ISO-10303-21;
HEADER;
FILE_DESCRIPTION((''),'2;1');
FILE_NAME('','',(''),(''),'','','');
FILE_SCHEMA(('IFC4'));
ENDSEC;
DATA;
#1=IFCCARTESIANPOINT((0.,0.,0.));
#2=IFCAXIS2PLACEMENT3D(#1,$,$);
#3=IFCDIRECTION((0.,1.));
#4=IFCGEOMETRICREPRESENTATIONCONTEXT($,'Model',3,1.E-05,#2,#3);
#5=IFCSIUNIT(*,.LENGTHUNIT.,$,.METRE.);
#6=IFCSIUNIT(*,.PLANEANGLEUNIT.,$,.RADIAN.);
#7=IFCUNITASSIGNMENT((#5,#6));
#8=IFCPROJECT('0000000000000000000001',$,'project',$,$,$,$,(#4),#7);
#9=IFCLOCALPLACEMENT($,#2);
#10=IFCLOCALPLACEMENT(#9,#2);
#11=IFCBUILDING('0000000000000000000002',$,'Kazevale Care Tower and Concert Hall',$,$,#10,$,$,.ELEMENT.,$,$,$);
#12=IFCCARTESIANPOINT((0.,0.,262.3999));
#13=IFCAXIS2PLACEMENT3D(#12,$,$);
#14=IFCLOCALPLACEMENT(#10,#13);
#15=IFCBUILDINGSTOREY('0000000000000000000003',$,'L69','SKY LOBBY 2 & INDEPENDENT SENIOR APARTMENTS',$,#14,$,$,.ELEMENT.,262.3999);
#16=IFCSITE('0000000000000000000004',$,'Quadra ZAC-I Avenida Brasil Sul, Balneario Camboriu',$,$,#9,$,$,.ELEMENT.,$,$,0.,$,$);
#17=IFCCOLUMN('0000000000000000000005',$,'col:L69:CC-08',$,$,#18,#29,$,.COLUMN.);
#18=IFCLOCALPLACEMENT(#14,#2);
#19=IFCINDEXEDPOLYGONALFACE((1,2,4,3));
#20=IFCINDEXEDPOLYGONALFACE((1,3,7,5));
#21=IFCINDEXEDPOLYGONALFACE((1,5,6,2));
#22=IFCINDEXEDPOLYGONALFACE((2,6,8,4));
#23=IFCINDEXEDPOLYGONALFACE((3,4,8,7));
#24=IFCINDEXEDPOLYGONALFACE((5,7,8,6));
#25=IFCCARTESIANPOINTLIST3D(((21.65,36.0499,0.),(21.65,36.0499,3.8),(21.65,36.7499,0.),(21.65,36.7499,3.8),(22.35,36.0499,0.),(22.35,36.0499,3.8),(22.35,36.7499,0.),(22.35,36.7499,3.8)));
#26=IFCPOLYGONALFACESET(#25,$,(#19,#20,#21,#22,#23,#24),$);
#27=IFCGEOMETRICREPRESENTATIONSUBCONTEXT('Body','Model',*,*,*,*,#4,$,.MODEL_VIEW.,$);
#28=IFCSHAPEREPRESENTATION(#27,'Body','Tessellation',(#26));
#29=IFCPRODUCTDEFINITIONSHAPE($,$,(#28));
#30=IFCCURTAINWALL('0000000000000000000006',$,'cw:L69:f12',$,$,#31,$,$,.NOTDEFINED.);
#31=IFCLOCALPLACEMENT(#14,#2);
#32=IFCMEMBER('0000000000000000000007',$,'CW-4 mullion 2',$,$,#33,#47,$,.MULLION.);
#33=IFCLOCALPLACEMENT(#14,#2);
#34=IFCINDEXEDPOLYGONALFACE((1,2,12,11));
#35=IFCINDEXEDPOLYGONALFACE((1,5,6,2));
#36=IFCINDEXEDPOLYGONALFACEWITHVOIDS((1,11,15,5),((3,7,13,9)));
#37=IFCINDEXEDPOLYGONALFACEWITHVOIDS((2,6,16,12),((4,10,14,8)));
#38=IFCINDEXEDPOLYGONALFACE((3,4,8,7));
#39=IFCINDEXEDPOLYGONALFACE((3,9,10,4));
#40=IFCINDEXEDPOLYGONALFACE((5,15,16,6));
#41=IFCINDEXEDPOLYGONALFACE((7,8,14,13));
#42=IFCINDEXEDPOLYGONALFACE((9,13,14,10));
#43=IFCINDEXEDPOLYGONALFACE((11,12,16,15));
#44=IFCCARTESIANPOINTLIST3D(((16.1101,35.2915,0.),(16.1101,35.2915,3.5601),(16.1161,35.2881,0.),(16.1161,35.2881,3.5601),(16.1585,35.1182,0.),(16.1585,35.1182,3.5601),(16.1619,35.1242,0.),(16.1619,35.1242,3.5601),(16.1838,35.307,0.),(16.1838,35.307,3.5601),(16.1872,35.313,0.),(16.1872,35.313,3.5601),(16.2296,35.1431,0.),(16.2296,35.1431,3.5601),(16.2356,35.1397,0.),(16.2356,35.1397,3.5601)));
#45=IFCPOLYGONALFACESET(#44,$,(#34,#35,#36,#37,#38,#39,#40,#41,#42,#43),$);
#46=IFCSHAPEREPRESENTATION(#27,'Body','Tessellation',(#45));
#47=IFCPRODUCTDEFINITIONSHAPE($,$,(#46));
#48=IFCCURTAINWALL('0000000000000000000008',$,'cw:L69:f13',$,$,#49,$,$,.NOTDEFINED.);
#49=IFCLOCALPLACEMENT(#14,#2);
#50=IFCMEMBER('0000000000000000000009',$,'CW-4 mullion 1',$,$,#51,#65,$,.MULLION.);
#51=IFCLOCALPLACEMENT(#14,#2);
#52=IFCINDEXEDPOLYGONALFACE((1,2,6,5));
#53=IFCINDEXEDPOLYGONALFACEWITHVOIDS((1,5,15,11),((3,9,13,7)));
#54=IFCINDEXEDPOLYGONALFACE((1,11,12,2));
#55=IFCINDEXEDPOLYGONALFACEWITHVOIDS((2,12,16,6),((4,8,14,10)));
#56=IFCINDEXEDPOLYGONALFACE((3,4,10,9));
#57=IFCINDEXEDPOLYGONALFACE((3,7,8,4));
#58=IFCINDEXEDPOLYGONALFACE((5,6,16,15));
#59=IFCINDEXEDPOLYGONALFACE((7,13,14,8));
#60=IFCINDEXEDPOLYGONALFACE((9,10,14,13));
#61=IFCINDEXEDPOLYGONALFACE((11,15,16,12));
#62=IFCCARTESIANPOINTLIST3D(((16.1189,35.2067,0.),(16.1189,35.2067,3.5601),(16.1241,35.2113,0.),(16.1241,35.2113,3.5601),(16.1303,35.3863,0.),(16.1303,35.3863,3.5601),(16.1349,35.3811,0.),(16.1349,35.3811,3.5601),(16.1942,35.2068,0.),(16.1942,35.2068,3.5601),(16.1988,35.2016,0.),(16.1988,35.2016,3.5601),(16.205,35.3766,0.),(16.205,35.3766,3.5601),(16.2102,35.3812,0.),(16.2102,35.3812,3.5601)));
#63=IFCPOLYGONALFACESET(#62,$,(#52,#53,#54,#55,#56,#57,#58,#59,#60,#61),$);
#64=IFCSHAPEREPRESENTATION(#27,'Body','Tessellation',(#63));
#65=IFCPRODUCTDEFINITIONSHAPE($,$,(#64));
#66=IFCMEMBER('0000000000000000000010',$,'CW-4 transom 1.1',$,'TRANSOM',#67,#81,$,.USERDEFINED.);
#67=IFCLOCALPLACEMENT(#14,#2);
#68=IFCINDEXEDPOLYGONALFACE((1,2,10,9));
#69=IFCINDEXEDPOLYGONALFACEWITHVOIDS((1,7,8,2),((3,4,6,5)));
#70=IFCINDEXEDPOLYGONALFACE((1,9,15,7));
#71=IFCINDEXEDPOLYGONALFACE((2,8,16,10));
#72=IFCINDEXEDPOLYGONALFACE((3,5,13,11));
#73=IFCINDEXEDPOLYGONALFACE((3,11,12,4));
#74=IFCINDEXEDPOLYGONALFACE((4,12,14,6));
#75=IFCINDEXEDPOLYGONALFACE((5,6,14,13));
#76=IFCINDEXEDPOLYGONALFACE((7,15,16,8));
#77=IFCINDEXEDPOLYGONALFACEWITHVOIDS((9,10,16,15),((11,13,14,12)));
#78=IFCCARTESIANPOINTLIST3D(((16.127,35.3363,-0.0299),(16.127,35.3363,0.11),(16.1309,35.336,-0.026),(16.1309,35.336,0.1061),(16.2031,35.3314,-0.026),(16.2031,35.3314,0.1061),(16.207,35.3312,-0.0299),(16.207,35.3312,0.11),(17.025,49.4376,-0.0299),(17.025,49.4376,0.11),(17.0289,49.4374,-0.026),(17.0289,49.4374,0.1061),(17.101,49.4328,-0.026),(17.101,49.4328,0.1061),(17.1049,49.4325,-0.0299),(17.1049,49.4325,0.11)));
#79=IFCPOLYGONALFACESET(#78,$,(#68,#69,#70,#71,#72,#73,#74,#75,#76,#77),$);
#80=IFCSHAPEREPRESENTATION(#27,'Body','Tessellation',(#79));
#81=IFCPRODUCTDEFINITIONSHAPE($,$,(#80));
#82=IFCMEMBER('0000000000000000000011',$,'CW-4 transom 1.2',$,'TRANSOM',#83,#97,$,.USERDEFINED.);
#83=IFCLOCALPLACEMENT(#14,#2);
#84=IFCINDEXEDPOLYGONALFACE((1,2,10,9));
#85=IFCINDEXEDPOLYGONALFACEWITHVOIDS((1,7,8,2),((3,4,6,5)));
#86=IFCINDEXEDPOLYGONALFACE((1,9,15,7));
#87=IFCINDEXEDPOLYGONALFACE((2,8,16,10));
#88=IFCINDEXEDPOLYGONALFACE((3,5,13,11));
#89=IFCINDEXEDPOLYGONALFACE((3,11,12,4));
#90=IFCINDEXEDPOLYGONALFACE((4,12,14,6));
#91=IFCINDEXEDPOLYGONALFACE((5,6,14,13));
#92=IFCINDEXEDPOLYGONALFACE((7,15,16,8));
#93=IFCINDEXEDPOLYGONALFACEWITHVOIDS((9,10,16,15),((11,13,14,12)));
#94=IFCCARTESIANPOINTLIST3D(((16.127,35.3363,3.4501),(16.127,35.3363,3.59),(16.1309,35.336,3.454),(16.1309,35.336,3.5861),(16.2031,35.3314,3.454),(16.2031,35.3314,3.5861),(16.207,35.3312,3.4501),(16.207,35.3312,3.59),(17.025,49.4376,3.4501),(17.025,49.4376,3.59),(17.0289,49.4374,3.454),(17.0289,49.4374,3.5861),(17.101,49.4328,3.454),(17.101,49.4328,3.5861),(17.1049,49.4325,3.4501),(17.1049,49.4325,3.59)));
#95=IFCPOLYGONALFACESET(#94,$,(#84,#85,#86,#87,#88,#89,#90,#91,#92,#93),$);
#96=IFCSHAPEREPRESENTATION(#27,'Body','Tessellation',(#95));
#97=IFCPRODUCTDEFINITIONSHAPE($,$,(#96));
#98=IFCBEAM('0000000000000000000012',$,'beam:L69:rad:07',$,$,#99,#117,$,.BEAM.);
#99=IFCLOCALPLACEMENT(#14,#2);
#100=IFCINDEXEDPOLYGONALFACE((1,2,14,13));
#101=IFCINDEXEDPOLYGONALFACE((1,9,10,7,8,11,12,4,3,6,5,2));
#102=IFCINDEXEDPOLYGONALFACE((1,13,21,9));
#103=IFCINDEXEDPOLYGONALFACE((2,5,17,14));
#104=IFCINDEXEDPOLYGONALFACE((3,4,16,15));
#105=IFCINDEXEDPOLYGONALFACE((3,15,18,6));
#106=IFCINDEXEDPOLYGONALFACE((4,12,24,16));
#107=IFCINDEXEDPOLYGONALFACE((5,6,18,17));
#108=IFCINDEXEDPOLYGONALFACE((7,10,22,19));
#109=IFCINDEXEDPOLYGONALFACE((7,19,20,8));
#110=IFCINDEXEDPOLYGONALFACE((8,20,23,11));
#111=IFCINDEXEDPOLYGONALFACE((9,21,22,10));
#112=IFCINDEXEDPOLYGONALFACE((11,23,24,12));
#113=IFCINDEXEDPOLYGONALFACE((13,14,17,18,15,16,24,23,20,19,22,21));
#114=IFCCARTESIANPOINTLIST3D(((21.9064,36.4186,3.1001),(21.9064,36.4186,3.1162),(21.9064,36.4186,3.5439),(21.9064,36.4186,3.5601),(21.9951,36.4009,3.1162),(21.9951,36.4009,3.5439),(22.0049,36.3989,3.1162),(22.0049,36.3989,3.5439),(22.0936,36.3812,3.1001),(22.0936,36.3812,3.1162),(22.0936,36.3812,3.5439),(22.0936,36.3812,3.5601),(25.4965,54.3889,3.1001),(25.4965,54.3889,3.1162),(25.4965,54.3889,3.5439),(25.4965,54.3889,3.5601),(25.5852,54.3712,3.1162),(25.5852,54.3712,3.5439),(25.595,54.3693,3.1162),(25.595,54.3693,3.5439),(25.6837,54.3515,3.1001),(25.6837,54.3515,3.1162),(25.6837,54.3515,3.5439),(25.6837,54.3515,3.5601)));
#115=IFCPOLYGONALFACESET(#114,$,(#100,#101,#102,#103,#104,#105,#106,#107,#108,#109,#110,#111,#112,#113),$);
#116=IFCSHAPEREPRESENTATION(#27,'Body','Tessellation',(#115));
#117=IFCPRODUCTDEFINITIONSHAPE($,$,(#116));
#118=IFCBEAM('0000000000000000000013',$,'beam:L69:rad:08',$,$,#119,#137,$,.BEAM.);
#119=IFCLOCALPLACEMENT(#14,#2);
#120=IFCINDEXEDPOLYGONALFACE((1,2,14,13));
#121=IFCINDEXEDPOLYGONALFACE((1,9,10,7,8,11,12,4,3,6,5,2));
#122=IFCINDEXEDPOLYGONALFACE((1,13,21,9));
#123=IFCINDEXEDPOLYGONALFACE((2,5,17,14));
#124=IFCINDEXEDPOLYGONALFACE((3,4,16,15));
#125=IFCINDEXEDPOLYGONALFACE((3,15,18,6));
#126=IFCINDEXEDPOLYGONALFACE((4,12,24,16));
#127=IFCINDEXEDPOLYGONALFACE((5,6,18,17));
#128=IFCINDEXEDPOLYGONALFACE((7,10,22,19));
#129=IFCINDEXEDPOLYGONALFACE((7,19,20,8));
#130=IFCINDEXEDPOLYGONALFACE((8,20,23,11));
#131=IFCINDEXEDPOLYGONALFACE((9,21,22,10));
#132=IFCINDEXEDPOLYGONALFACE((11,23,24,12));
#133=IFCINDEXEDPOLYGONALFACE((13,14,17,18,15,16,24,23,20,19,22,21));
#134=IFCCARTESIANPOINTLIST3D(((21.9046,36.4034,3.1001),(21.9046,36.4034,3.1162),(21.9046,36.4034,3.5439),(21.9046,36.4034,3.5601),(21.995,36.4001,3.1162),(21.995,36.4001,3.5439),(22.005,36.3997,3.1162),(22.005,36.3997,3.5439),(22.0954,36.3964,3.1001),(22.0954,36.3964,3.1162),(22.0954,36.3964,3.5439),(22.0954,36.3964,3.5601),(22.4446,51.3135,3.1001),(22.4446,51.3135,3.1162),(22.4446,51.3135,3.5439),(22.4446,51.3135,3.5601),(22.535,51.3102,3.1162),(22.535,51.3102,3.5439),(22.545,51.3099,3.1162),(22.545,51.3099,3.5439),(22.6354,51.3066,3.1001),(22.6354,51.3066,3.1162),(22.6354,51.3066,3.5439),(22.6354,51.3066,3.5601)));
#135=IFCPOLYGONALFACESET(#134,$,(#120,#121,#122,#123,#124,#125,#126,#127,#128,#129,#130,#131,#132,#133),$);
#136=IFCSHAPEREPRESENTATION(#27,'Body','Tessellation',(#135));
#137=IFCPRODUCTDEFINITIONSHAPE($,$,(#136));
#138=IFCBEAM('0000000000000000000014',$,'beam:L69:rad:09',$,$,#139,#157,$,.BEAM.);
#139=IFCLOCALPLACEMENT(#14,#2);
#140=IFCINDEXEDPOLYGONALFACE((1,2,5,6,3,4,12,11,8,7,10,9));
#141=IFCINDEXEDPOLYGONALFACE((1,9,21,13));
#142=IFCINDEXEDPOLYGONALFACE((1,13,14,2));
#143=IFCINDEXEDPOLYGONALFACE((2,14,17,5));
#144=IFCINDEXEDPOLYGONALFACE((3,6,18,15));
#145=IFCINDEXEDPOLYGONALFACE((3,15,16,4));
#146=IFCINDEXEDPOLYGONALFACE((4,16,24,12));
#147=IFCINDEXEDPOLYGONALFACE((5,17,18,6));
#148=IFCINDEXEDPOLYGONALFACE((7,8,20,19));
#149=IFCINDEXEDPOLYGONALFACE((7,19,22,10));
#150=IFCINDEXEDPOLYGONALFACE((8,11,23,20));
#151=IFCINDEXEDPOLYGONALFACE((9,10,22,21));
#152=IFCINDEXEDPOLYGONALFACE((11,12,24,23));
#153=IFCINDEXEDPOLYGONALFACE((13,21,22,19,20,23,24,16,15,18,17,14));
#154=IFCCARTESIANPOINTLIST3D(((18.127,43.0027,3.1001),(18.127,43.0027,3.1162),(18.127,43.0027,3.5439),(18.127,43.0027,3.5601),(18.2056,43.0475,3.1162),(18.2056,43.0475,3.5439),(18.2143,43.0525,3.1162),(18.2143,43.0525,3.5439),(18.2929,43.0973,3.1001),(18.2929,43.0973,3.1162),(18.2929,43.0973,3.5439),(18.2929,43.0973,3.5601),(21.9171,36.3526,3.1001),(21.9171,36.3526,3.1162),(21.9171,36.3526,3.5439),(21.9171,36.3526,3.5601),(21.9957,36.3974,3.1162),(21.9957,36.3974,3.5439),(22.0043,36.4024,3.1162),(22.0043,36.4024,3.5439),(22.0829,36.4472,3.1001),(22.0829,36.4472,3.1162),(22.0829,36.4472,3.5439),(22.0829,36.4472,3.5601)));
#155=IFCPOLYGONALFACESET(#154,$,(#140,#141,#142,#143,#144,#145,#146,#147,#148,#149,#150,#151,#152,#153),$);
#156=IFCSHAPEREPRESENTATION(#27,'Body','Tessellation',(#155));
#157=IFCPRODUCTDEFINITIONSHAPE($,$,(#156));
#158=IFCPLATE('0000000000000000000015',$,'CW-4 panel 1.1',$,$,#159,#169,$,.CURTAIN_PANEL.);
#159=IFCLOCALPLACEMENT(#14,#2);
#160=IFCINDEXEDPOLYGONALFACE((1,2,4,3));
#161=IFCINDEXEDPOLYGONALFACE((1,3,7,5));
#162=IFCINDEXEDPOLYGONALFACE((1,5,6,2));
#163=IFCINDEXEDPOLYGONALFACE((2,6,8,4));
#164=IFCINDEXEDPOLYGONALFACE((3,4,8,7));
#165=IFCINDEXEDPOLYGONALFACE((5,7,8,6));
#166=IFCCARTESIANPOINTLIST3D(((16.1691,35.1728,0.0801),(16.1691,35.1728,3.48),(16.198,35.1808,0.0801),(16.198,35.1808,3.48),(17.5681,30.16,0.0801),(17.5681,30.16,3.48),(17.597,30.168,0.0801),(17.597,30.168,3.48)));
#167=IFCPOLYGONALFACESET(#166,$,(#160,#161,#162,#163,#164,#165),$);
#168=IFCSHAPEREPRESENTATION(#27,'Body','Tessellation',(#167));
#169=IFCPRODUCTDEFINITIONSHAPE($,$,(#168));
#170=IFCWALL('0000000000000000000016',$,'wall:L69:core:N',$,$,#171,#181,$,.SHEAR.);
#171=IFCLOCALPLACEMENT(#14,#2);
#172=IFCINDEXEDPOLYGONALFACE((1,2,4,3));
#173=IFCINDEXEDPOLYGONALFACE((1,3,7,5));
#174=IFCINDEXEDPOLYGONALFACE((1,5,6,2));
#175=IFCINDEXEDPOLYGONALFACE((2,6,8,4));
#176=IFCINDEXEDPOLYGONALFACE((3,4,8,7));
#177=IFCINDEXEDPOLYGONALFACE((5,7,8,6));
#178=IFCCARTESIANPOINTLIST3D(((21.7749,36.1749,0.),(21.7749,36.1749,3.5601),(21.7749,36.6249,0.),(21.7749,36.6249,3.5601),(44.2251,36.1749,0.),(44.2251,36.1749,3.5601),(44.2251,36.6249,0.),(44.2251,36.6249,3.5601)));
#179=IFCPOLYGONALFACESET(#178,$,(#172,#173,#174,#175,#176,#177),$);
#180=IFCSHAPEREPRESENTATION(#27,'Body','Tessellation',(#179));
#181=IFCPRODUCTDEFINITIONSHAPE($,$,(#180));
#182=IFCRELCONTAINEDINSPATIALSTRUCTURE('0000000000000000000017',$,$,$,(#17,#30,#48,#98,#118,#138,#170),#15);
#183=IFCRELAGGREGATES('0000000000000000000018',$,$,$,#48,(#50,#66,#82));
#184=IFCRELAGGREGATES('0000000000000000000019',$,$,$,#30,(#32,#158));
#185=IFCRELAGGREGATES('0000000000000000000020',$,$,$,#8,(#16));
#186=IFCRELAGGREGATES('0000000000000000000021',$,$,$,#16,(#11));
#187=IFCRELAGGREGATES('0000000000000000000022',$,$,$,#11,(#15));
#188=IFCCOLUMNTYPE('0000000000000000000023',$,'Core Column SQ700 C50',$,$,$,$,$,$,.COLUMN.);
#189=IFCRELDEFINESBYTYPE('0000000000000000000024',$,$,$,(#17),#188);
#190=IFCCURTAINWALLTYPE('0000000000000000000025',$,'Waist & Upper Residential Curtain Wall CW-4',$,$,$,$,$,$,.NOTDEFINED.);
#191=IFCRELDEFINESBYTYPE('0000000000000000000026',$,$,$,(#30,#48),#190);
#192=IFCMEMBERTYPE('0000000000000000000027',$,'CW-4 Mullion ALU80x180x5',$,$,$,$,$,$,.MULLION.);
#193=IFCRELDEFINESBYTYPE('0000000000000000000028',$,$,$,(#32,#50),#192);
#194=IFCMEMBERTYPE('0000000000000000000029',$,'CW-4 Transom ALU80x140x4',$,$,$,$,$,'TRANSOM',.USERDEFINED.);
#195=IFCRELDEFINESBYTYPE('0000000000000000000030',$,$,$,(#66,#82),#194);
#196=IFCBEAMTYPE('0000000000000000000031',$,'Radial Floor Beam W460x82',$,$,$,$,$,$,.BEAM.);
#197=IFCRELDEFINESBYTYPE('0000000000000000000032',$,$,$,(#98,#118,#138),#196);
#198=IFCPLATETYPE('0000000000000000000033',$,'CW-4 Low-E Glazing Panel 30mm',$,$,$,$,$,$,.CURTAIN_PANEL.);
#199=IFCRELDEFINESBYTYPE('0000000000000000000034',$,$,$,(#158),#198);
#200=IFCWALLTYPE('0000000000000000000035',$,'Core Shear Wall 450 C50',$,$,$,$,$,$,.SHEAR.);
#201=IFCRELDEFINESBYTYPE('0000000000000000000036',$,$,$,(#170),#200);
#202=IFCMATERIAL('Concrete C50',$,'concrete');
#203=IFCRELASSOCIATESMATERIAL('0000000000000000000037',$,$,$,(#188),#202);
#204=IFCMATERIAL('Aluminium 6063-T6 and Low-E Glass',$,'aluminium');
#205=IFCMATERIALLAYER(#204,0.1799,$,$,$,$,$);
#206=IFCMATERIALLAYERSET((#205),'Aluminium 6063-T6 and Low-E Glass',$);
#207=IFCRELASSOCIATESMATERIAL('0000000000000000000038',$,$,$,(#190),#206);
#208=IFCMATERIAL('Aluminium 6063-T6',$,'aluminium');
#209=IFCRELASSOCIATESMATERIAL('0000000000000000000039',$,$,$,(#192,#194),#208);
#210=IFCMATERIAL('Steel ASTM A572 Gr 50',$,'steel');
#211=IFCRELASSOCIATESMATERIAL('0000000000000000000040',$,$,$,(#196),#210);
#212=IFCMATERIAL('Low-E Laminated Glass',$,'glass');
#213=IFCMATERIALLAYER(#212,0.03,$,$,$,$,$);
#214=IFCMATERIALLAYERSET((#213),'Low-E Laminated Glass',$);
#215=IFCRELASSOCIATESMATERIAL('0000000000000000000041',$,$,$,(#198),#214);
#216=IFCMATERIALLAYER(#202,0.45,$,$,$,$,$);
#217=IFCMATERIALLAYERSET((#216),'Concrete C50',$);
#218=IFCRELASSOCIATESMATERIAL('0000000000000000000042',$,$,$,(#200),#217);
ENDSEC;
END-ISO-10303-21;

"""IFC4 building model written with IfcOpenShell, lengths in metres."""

from ifc_helpers import new_model, si_unit, direction, frame, frame_2d, origin, origin_2d, place, context, subcontext, project, spatial, rectangle, hollow_rectangle, i_section, extrude, material, layer, layer_set, material_profile, profile_set, type_object, element, aggregate, save


model = new_model("IFC4")

# Units and contexts
model_context = context("Model", 3, precision=1e-05, world=origin(), true_north=direction((0.0, 1.0)))
body_context = subcontext(model_context, "Body", "Model", "MODEL_VIEW")
ifc_project = project(units=[si_unit("LENGTHUNIT", "METRE"), si_unit("PLANEANGLEUNIT", "RADIAN")], contexts=[model_context])

# Site, building, storey
site_placement = place(None, origin())
site = spatial("IfcSite", under=ifc_project, at=site_placement, Name="Quadra ZAC-I Avenida Brasil Sul, Balneario Camboriu", CompositionType="ELEMENT", RefElevation=0.0)
building_placement = place(site_placement, origin())
building = spatial("IfcBuilding", under=site, at=building_placement, Name="Kazevale Care Tower and Concert Hall", CompositionType="ELEMENT")
storey_placement = place(building_placement, frame((0.0, 0.0, 262.3999)))
storey = spatial("IfcBuildingStorey", under=building, at=storey_placement, Name="L69", Description="SKY LOBBY 2 & INDEPENDENT SENIOR APARTMENTS", CompositionType="ELEMENT", Elevation=262.3999)

# Column
ifc_material_1 = material(Name="Concrete C50", Category="concrete")
ifc_material_profile_1 = material_profile(ifc_material_1, rectangle(XDim=0.7, YDim=0.7, at=origin_2d()), Name="RC-SQ700")
ifc_profile_set_1 = profile_set([ifc_material_profile_1], Name="Concrete C50")
column_type = type_object("IfcColumnType", Name="Core Column SQ700 C50", PredefinedType="COLUMN", material=ifc_profile_set_1)
column_placement = place(storey_placement, frame((22.0, 36.3999, 0.0), z_axis=(0.0, 0.0, 1.0), x_axis=(1.0, 0.0, 0.0)))
element("IfcColumn", 1, at=column_placement, inside=storey, type_object=column_type, Name="col:L69:CC-08", PredefinedType="COLUMN", context=body_context, shape_type="SweptSolid", body=[
    extrude(rectangle(XDim=0.7, YDim=0.7, at=origin_2d()), origin(), (0.0, 0.0, 1.0), 3.8),
])

# Curtain wall, member
ifc_material_2 = material(Name="Aluminium 6063-T6 and Low-E Glass", Category="aluminium")
ifc_layer_1 = layer(ifc_material_2, 0.1799)
ifc_layer_set_1 = layer_set([ifc_layer_1], Name="Aluminium 6063-T6 and Low-E Glass")
curtain_wall_type = type_object("IfcCurtainWallType", Name="Waist & Upper Residential Curtain Wall CW-4", PredefinedType="NOTDEFINED", material=ifc_layer_set_1)
curtain_wall_1_placement = place(storey_placement, origin())
curtain_wall_1 = element("IfcCurtainWall", 2, at=curtain_wall_1_placement, inside=storey, type_object=curtain_wall_type, Name="cw:L69:f12", PredefinedType="NOTDEFINED")
ifc_material_3 = material(Name="Aluminium 6063-T6", Category="aluminium")
ifc_material_profile_2 = material_profile(ifc_material_3, hollow_rectangle(XDim=0.0801, YDim=0.1799, WallThickness=0.0049, at=origin_2d()), Name="ALU80x180x5")
ifc_profile_set_2 = profile_set([ifc_material_profile_2], Name="Aluminium 6063-T6")
member_type_1 = type_object("IfcMemberType", Name="CW-4 Mullion ALU80x180x5", PredefinedType="MULLION", material=ifc_profile_set_2)
member_1_placement = place(storey_placement, frame((16.1729, 35.2156, 0.0), z_axis=(0.0, 0.0, 1.0), x_axis=(-0.963194, -0.268807, 0.0)))
member_1 = element("IfcMember", 3, at=member_1_placement, type_object=member_type_1, Name="CW-4 mullion 2", PredefinedType="MULLION", context=body_context, shape_type="SweptSolid", body=[
    extrude(hollow_rectangle(XDim=0.0801, YDim=0.1799, WallThickness=0.0049, at=origin_2d()), origin(), (0.0, 0.0, 1.0), 3.5601),
])

# Curtain wall, members
curtain_wall_2_placement = place(storey_placement, origin())
curtain_wall_2 = element("IfcCurtainWall", 4, at=curtain_wall_2_placement, inside=storey, type_object=curtain_wall_type, Name="cw:L69:f13", PredefinedType="NOTDEFINED")
member_2_placement = place(storey_placement, frame((16.1646, 35.2939, 0.0), z_axis=(0.0, 0.0, 1.0), x_axis=(-0.997979, 0.063541, 0.0)))
member_2 = element("IfcMember", 5, at=member_2_placement, type_object=member_type_1, Name="CW-4 mullion 1", PredefinedType="MULLION", context=body_context, shape_type="SweptSolid", body=[
    extrude(hollow_rectangle(XDim=0.0801, YDim=0.1799, WallThickness=0.0049, at=origin_2d()), origin(), (0.0, 0.0, 1.0), 3.5601),
])
ifc_material_profile_3 = material_profile(ifc_material_3, hollow_rectangle(XDim=0.0801, YDim=0.1399, WallThickness=0.0039, at=origin_2d()), Name="ALU80x140x4")
ifc_profile_set_3 = profile_set([ifc_material_profile_3], Name="Aluminium 6063-T6")
member_type_2 = type_object("IfcMemberType", Name="CW-4 Transom ALU80x140x4", ElementType="TRANSOM", PredefinedType="USERDEFINED", material=ifc_profile_set_3)
member_3_placement = place(storey_placement, frame((16.167, 35.3337, 0.04), z_axis=(0.06355, 0.997979, 0.0), x_axis=(-0.997979, 0.06355, 0.0)))
member_3 = element("IfcMember", 6, at=member_3_placement, type_object=member_type_2, Name="CW-4 transom 1.1", ObjectType="TRANSOM", PredefinedType="USERDEFINED", context=body_context, shape_type="SweptSolid", body=[
    extrude(hollow_rectangle(XDim=0.0801, YDim=0.1399, WallThickness=0.0039, at=origin_2d()), origin(), (0.0, 0.0, 1.0), 14.1299),
])
member_4_placement = place(storey_placement, frame((16.167, 35.3337, 3.52), z_axis=(0.06355, 0.997979, 0.0), x_axis=(-0.997979, 0.06355, 0.0)))
member_4 = element("IfcMember", 7, at=member_4_placement, type_object=member_type_2, Name="CW-4 transom 1.2", ObjectType="TRANSOM", PredefinedType="USERDEFINED", context=body_context, shape_type="SweptSolid", body=[
    extrude(hollow_rectangle(XDim=0.0801, YDim=0.1399, WallThickness=0.0039, at=origin_2d()), origin(), (0.0, 0.0, 1.0), 14.1299),
])
aggregate(curtain_wall_2, [member_2, member_3, member_4])

# Beams
ifc_material_4 = material(Name="Steel ASTM A572 Gr 50", Category="steel")
ifc_material_profile_4 = material_profile(ifc_material_4, i_section(OverallWidth=0.1909, OverallDepth=0.46, WebThickness=0.01, FlangeThickness=0.0161, at=origin_2d()), Name="W460x82")
ifc_profile_set_4 = profile_set([ifc_material_profile_4], Name="Steel ASTM A572 Gr 50")
beam_type = type_object("IfcBeamType", Name="Radial Floor Beam W460x82", PredefinedType="BEAM", material=ifc_profile_set_4)
beam_1_placement = place(storey_placement, frame((22.0, 36.3999, 3.3301), z_axis=(0.195909, 0.980622, 0.0), x_axis=(-0.980622, 0.195909, 0.0)))
element("IfcBeam", 8, at=beam_1_placement, inside=storey, type_object=beam_type, Name="beam:L69:rad:07", PredefinedType="BEAM", context=body_context, shape_type="SweptSolid", body=[
    extrude(i_section(OverallWidth=0.1909, OverallDepth=0.46, WebThickness=0.01, FlangeThickness=0.0161, at=origin_2d()), origin(), (0.0, 0.0, 1.0), 18.3254),
])
beam_2_placement = place(storey_placement, frame((22.0, 36.3999, 3.3301), z_axis=(0.036196, 0.999345, 0.0), x_axis=(-0.999345, 0.036196, 0.0)))
element("IfcBeam", 9, at=beam_2_placement, inside=storey, type_object=beam_type, Name="beam:L69:rad:08", PredefinedType="BEAM", context=body_context, shape_type="SweptSolid", body=[
    extrude(i_section(OverallWidth=0.1909, OverallDepth=0.46, WebThickness=0.01, FlangeThickness=0.0161, at=origin_2d()), origin(), (0.0, 0.0, 1.0), 14.9199),
])
beam_3_placement = place(storey_placement, frame((22.0, 36.3999, 3.3301), z_axis=(-0.495149, 0.868808, 0.0), x_axis=(-0.868808, -0.495149, 0.0)))
element("IfcBeam", 10, at=beam_3_placement, inside=storey, type_object=beam_type, Name="beam:L69:rad:09", PredefinedType="BEAM", context=body_context, shape_type="SweptSolid", body=[
    extrude(i_section(OverallWidth=0.1909, OverallDepth=0.46, WebThickness=0.01, FlangeThickness=0.0161, at=origin_2d()), origin(), (0.0, 0.0, 1.0), 7.6543),
])

# Plate
ifc_material_5 = material(Name="Low-E Laminated Glass", Category="glass")
ifc_layer_2 = layer(ifc_material_5, 0.03)
ifc_layer_set_2 = layer_set([ifc_layer_2], Name="Low-E Laminated Glass")
plate_type = type_object("IfcPlateType", Name="CW-4 Low-E Glazing Panel 30mm", PredefinedType="CURTAIN_PANEL", material=ifc_layer_set_2)
plate_placement = place(storey_placement, frame((16.8831, 32.6704, 0.0801), z_axis=(0.0, 0.0, 1.0), x_axis=(-0.268807, 0.963194, 0.0)))
plate = element("IfcPlate", 11, at=plate_placement, type_object=plate_type, Name="CW-4 panel 1.1", PredefinedType="CURTAIN_PANEL", context=body_context, shape_type="SweptSolid", body=[
    extrude(rectangle(XDim=5.2043, YDim=0.03, at=origin_2d()), origin(), (0.0, 0.0, 1.0), 3.3999),
])
aggregate(curtain_wall_1, [member_1, plate])

# Wall
ifc_layer_3 = layer(ifc_material_1, 0.45)
ifc_layer_set_3 = layer_set([ifc_layer_3], Name="Concrete C50")
wall_type_1 = type_object("IfcWallType", Name="Core Shear Wall 450 C50", PredefinedType="SHEAR", material=ifc_layer_set_3)
wall_1_placement = place(storey_placement, frame((21.7749, 36.3999, 0.0), z_axis=(0.0, 0.0, 1.0), x_axis=(1.0, 0.0, 0.0)))
element("IfcWall", 12, at=wall_1_placement, inside=storey, type_object=wall_type_1, Name="wall:L69:core:N", PredefinedType="SHEAR", context=body_context, shape_type="SweptSolid", body=[
    extrude(rectangle(XDim=22.4502, YDim=0.45, at=frame_2d((11.2251, 0.0))), origin(), (0.0, 0.0, 1.0), 3.5601),
])

save(model, "model.ifc")
